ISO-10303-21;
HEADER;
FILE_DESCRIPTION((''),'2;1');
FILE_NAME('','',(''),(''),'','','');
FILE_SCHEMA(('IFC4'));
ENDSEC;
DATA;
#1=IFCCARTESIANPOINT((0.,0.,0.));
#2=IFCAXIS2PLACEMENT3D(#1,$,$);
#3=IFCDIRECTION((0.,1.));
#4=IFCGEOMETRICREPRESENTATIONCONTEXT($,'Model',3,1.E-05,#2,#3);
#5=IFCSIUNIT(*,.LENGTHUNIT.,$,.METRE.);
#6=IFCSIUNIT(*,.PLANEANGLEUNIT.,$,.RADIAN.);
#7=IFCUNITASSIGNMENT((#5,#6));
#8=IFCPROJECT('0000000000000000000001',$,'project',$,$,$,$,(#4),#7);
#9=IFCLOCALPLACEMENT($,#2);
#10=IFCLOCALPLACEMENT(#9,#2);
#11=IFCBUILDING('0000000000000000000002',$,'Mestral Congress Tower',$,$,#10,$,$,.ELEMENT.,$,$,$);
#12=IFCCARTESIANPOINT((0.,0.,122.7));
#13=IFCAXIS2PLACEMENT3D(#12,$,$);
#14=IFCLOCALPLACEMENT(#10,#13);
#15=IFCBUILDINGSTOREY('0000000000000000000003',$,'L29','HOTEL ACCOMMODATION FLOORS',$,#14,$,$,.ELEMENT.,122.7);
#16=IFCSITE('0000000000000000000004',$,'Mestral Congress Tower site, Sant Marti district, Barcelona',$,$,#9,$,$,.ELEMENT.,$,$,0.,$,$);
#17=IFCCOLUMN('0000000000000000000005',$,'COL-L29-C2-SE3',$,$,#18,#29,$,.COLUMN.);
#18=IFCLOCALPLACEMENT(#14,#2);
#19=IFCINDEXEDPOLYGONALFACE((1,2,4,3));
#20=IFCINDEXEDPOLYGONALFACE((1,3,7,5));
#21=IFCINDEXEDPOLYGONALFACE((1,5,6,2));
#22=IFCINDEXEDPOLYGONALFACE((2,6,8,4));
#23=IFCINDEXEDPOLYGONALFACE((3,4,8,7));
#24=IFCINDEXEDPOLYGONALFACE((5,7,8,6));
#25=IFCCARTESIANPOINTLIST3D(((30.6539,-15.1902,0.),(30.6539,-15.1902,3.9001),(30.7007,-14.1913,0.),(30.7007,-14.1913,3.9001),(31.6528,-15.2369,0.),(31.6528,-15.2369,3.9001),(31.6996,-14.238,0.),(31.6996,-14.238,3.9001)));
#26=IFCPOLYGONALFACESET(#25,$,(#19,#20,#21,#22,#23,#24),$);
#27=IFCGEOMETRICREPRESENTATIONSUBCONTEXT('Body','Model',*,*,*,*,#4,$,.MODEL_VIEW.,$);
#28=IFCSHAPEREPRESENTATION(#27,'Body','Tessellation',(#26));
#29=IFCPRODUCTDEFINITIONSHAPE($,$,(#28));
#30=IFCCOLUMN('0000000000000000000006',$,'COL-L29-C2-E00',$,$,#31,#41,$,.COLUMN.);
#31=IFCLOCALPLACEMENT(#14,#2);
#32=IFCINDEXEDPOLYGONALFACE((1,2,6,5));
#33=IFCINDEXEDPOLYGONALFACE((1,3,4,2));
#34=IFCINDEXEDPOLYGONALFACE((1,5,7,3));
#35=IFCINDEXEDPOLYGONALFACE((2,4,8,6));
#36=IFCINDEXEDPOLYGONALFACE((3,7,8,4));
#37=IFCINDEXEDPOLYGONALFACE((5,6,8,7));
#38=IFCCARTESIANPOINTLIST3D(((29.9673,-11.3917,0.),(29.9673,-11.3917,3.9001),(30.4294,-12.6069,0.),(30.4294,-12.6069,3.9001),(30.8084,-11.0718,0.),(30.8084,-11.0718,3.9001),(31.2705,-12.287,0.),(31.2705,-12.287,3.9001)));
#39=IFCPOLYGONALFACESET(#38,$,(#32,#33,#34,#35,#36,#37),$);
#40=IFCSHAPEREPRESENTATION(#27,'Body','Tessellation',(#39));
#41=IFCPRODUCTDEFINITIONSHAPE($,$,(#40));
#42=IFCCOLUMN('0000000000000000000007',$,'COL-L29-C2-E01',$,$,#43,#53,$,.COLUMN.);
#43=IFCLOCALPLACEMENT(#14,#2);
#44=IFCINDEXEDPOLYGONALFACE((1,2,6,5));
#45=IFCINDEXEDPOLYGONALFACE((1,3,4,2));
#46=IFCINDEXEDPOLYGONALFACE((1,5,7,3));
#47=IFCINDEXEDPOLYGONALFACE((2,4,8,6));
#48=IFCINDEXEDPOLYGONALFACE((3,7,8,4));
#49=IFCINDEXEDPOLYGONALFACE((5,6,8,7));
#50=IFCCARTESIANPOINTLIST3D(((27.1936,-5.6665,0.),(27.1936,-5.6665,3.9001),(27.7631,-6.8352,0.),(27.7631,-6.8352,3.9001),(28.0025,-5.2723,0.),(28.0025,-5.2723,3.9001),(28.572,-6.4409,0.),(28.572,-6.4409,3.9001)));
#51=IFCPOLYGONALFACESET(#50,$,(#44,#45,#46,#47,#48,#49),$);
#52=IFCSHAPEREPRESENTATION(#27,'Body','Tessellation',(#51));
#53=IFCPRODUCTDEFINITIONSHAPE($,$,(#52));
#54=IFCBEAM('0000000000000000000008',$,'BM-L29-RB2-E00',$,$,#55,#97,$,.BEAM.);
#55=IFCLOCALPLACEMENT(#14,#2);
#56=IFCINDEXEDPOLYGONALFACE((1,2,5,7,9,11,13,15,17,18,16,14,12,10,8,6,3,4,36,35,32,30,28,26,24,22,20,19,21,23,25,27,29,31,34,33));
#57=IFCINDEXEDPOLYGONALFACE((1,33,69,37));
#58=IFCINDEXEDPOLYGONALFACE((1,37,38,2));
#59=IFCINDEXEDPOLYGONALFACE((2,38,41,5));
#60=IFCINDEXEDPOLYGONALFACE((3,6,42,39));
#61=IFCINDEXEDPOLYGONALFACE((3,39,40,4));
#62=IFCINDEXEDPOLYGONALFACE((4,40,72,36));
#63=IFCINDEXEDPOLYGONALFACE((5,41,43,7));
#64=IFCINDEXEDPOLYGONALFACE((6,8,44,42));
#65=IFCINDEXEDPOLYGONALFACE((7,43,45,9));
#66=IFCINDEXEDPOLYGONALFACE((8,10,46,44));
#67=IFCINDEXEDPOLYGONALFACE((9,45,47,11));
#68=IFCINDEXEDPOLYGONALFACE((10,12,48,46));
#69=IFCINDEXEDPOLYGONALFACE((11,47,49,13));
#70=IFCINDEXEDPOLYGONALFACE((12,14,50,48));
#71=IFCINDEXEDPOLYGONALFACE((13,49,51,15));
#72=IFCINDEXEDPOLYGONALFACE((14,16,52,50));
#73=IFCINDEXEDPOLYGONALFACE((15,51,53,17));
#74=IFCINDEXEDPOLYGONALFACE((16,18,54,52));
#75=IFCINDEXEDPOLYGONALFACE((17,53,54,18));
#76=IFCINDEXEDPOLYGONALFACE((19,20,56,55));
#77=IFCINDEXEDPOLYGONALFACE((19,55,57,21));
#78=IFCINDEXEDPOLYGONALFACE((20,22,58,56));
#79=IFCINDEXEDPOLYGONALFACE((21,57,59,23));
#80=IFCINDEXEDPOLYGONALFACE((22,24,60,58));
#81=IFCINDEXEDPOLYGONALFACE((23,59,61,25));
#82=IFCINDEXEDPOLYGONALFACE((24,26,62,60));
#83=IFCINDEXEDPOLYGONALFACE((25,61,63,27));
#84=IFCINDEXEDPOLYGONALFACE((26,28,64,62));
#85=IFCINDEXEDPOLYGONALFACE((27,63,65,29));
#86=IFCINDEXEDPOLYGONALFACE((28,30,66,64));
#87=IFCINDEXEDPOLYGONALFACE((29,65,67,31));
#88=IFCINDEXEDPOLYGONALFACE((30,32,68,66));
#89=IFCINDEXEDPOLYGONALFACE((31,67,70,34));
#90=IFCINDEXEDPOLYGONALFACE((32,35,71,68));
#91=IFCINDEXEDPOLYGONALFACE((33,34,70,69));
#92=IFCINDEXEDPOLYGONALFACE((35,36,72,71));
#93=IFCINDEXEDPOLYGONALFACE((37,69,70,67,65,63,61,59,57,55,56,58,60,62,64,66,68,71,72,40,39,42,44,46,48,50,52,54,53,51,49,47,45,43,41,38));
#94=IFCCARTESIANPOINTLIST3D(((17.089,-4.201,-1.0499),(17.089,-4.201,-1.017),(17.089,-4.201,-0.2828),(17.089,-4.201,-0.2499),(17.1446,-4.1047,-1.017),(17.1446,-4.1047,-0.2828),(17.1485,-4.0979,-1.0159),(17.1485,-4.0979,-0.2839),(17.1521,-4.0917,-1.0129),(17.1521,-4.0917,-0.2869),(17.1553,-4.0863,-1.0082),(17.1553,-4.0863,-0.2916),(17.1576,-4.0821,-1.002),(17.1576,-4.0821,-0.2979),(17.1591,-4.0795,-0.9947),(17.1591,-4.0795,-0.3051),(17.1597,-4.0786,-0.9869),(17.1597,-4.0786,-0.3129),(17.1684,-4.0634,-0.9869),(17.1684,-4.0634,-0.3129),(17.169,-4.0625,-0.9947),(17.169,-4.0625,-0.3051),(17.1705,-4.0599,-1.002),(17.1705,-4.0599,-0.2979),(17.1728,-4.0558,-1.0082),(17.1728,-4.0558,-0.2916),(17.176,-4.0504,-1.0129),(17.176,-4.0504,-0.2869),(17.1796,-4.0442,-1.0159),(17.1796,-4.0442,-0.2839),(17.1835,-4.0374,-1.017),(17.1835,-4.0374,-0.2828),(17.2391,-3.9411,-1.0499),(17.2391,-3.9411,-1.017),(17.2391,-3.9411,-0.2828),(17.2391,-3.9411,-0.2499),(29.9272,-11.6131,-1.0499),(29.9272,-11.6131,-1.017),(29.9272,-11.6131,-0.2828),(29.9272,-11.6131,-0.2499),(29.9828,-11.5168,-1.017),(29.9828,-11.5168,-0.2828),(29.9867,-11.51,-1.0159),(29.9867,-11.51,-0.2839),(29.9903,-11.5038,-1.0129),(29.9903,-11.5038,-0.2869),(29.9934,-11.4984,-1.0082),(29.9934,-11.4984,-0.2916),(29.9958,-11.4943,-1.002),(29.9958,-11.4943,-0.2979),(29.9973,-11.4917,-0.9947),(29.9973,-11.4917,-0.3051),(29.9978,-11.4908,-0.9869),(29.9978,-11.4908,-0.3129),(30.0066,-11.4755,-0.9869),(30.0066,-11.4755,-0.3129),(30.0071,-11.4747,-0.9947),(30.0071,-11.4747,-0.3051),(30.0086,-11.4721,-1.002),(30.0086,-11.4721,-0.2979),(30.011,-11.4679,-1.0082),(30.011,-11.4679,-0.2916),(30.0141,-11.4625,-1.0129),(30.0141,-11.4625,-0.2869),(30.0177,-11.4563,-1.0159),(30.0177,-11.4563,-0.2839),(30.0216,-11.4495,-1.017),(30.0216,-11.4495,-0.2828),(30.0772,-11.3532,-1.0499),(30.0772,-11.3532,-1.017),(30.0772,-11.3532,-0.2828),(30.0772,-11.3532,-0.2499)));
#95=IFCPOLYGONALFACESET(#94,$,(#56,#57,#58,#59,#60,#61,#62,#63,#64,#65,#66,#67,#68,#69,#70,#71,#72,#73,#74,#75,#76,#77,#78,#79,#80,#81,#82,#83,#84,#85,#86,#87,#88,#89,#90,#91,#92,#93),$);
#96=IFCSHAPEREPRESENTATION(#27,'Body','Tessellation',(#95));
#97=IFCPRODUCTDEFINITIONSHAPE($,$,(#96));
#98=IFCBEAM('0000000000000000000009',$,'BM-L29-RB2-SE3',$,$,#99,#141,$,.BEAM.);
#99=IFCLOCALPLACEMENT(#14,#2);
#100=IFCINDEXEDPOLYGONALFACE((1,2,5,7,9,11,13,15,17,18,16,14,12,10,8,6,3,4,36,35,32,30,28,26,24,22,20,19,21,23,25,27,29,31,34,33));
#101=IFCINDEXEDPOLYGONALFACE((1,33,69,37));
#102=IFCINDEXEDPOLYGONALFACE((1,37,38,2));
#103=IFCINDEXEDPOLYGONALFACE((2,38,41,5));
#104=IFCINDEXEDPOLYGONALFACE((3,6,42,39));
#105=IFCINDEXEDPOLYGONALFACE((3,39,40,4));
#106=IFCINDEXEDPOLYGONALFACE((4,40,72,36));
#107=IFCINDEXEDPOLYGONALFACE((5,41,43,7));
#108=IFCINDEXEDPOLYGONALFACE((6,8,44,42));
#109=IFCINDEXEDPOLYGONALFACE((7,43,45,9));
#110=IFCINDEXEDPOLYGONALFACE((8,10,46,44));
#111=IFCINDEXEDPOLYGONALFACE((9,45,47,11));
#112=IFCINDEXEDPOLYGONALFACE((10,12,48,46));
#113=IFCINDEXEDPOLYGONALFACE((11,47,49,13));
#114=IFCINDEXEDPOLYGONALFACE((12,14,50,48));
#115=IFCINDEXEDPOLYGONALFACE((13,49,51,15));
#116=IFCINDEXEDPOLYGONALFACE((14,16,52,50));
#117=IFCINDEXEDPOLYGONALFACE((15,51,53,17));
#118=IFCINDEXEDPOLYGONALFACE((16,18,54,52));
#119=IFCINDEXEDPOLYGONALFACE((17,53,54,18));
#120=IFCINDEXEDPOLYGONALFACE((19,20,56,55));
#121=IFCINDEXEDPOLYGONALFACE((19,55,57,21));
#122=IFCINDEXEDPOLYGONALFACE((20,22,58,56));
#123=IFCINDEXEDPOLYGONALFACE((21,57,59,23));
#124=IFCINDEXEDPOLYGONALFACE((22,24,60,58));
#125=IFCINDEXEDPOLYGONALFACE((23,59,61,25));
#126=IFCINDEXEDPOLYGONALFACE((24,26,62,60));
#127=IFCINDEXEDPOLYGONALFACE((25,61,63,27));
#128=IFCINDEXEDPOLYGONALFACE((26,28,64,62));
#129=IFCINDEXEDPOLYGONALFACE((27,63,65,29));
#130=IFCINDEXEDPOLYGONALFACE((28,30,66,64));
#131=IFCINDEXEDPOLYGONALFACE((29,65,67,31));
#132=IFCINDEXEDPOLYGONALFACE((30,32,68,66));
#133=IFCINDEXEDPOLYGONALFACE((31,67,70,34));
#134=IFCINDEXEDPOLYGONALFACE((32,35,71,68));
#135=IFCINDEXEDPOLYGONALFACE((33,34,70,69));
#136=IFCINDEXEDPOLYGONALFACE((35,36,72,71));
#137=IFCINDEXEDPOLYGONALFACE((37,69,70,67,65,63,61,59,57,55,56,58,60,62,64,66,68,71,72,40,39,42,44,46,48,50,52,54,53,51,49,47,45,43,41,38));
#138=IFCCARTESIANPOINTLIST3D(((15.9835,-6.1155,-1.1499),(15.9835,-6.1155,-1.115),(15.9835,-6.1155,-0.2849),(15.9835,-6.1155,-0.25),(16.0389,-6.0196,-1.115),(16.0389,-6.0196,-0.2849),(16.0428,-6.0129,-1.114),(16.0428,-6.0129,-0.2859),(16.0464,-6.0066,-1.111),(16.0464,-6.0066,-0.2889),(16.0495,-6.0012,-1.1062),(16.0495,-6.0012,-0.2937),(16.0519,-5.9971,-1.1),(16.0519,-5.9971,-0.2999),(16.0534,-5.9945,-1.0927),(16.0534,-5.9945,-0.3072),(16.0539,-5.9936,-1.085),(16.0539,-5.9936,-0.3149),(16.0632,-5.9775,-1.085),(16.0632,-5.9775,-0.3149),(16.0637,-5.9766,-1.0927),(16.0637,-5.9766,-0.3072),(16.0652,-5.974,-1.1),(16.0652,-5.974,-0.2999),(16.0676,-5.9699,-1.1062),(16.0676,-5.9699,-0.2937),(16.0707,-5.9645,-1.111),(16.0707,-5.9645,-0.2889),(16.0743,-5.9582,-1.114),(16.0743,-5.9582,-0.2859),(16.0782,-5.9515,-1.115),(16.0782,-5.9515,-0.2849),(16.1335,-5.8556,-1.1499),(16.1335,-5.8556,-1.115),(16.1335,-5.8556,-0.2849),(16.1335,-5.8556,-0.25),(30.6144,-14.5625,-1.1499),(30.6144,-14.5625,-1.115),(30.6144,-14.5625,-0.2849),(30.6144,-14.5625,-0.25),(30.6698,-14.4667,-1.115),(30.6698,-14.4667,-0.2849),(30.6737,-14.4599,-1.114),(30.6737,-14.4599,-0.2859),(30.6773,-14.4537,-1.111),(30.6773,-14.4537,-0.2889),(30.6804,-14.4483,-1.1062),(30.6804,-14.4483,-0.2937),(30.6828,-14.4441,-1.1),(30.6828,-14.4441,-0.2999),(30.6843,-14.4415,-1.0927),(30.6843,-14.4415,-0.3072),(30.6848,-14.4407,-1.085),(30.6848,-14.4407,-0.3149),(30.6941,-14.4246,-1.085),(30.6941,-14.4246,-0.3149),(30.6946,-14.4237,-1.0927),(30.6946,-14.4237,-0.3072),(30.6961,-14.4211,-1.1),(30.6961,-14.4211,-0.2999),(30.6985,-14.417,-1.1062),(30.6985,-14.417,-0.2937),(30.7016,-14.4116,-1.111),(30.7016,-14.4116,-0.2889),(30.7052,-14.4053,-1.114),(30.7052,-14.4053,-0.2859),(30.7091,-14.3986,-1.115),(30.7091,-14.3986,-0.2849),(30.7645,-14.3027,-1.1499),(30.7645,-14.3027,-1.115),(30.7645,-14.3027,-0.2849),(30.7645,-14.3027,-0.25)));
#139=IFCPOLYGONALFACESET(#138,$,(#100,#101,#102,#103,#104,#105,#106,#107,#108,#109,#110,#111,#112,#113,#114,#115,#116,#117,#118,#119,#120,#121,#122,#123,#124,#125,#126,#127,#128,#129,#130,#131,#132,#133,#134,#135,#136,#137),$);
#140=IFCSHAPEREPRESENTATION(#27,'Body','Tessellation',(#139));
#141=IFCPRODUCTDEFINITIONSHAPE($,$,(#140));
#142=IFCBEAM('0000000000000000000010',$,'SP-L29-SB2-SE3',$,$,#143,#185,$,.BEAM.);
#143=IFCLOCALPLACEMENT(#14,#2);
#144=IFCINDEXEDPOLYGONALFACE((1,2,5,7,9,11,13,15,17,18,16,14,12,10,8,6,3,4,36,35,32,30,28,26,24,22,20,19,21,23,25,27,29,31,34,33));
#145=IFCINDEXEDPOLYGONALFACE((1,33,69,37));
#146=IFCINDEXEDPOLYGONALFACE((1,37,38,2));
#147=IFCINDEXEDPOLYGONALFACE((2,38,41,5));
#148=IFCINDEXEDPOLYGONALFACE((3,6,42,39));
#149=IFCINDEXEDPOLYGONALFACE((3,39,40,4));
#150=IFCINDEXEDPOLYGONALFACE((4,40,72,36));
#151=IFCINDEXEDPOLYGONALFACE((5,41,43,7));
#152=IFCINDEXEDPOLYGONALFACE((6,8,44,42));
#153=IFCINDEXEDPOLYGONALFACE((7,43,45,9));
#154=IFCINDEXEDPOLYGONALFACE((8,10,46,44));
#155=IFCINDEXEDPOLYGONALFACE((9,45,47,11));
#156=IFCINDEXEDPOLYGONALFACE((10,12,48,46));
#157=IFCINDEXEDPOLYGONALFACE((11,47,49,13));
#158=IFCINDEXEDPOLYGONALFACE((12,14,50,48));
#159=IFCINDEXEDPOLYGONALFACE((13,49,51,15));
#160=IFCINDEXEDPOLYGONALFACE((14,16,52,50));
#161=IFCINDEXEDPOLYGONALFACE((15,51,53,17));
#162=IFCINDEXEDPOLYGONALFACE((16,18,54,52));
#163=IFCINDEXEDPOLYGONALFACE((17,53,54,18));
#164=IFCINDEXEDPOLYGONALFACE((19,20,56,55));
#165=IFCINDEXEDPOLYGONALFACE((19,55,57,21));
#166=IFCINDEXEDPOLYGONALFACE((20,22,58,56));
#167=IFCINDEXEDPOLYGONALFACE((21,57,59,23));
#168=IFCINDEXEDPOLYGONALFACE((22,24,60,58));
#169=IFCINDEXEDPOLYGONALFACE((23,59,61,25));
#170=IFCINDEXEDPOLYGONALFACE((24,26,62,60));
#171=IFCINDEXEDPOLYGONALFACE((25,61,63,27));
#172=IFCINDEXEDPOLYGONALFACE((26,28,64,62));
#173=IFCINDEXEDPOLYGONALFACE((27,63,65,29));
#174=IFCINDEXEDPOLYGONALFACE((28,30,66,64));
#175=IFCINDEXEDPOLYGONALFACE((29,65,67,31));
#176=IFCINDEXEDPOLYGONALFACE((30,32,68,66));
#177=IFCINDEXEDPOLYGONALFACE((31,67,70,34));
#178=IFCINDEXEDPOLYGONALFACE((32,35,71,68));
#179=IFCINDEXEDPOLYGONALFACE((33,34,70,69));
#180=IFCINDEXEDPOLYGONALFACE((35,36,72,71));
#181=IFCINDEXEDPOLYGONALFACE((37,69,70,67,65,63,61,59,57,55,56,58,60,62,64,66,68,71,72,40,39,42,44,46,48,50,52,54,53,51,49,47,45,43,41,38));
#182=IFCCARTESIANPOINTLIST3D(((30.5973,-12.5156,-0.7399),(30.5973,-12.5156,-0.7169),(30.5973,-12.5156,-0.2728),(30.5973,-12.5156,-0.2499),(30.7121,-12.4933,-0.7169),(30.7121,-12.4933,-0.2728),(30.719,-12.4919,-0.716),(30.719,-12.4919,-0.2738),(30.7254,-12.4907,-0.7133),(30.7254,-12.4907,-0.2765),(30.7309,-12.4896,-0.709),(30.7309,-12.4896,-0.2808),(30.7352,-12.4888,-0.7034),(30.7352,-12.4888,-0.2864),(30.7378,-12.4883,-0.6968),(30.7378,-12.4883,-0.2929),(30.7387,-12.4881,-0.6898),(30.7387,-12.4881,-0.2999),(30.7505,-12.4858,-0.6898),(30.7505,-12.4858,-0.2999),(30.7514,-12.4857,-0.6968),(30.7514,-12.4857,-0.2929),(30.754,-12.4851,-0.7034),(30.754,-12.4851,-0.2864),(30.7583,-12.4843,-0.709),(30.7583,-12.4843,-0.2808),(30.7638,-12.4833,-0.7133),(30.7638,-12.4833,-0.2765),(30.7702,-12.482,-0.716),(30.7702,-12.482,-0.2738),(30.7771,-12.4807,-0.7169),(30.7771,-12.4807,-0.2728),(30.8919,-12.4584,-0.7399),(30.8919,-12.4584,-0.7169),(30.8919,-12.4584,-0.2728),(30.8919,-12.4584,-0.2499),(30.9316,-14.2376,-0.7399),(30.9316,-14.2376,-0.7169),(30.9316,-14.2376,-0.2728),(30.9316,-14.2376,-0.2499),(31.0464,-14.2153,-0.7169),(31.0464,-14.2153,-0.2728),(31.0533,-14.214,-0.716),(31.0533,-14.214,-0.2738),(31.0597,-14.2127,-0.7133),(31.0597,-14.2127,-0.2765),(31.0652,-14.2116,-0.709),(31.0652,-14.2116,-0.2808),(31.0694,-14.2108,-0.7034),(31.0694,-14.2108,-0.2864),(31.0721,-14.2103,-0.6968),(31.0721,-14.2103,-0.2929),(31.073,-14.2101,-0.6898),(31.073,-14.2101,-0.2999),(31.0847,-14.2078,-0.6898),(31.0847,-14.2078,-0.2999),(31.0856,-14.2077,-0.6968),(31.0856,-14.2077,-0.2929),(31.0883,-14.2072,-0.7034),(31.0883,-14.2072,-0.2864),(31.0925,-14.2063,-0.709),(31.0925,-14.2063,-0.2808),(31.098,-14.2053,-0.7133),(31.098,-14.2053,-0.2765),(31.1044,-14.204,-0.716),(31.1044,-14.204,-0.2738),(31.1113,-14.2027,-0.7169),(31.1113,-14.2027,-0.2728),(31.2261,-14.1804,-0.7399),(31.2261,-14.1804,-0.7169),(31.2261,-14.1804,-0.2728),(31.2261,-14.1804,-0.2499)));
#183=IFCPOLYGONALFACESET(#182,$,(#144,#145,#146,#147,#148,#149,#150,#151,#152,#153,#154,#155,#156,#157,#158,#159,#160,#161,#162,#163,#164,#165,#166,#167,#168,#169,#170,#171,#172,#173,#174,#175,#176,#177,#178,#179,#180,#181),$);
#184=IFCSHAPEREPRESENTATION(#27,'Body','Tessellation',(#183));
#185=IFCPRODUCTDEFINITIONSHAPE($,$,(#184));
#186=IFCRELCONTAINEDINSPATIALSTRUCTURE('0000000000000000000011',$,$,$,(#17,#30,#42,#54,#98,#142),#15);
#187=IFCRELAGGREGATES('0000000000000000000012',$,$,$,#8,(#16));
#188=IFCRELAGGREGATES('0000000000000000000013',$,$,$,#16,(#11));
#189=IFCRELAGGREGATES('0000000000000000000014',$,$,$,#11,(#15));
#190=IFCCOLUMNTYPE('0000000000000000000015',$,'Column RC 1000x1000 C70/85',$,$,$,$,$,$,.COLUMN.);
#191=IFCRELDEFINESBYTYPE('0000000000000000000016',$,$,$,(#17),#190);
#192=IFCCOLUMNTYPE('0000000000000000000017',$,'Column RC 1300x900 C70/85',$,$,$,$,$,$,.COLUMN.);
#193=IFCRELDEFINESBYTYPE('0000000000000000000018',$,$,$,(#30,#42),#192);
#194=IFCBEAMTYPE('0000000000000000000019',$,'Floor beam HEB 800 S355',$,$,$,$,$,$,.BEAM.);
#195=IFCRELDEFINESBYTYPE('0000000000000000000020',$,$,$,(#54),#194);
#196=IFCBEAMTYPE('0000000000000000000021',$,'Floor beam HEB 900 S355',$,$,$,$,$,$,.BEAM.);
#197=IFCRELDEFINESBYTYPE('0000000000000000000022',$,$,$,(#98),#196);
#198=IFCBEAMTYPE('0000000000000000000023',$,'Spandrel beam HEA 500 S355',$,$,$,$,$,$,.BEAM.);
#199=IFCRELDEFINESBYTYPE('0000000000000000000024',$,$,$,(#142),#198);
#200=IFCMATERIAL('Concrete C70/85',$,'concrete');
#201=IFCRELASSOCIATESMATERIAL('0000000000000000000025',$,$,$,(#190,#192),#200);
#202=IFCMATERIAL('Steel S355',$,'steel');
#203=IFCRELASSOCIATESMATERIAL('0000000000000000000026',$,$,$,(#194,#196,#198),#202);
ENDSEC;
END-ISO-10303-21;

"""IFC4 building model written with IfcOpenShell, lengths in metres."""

from ifc_helpers import new_model, si_unit, direction, frame, origin, origin_2d, place, context, subcontext, project, spatial, rectangle, i_section, extrude, material, material_profile, profile_set, type_object, element, save


model = new_model("IFC4")

# Units and contexts
model_context = context("Model", 3, precision=1e-05, world=origin(), true_north=direction((0.0, 1.0)))
body_context = subcontext(model_context, "Body", "Model", "MODEL_VIEW")
ifc_project = project(units=[si_unit("LENGTHUNIT", "METRE"), si_unit("PLANEANGLEUNIT", "RADIAN")], contexts=[model_context])

# Site, building, storey
site_placement = place(None, origin())
site = spatial("IfcSite", under=ifc_project, at=site_placement, Name="Mestral Congress Tower site, Sant Marti district, Barcelona", CompositionType="ELEMENT", RefElevation=0.0)
building_placement = place(site_placement, origin())
building = spatial("IfcBuilding", under=site, at=building_placement, Name="Mestral Congress Tower", CompositionType="ELEMENT")
storey_placement = place(building_placement, frame((0.0, 0.0, 122.7)))
storey = spatial("IfcBuildingStorey", under=building, at=storey_placement, Name="L29", Description="HOTEL ACCOMMODATION FLOORS", CompositionType="ELEMENT", Elevation=122.7)

# Columns
ifc_material_1 = material(Name="Concrete C70/85", Category="concrete")
ifc_material_profile_1 = material_profile(ifc_material_1, rectangle(XDim=1.0, YDim=1.0, at=origin_2d()), Name="RC 1000x1000")
ifc_profile_set_1 = profile_set([ifc_material_profile_1], Name="Concrete C70/85")
column_type_1 = type_object("IfcColumnType", Name="Column RC 1000x1000 C70/85", PredefinedType="COLUMN", material=ifc_profile_set_1)
column_placement = place(storey_placement, frame((31.1768, -14.7141, 0.0), z_axis=(0.0, 0.0, 1.0), x_axis=(0.046756, 0.998906, 0.0)))
element("IfcColumn", 1, at=column_placement, inside=storey, type_object=column_type_1, Name="COL-L29-C2-SE3", PredefinedType="COLUMN", context=body_context, shape_type="SweptSolid", body=[
    extrude(rectangle(XDim=1.0, YDim=1.0, at=origin_2d()), origin(), (0.0, 0.0, 1.0), 3.9001),
])
ifc_material_profile_2 = material_profile(ifc_material_1, rectangle(XDim=1.3, YDim=0.8999, at=origin_2d()), Name="RC 1300x900")
ifc_profile_set_2 = profile_set([ifc_material_profile_2], Name="Concrete C70/85")
column_type_2 = type_object("IfcColumnType", Name="Column RC 1300x900 C70/85", PredefinedType="COLUMN", material=ifc_profile_set_2)
for number, where, z_axis, x_axis, name in (
    (2, (30.6189, -11.8394, 0.0), (0.0, 0.0, 1.0), (-0.355494, 0.934679, 0.0), "COL-L29-C2-E00"),
    (3, (27.8828, -6.0537, 0.0), (0.0, 0.0, 1.0), (-0.438061, 0.898945, 0.0), "COL-L29-C2-E01"),
):
    element("IfcColumn", number, at=place(storey_placement, frame(where, z_axis=z_axis, x_axis=x_axis)), inside=storey, type_object=column_type_2, Name=name, PredefinedType="COLUMN", context=body_context, shape_type="SweptSolid", body=[
        extrude(rectangle(XDim=1.3, YDim=0.8999, at=origin_2d()), origin(), (0.0, 0.0, 1.0), 3.9001),
    ])

# Beams
ifc_material_2 = material(Name="Steel S355", Category="steel")
ifc_material_profile_3 = material_profile(ifc_material_2, i_section(OverallWidth=0.3, OverallDepth=0.8, WebThickness=0.0176, FlangeThickness=0.033, FilletRadius=0.03, at=origin_2d()), Name="HEB 800")
ifc_profile_set_3 = profile_set([ifc_material_profile_3], Name="Steel S355")
beam_type_1 = type_object("IfcBeamType", Name="Floor beam HEB 800 S355", PredefinedType="BEAM", material=ifc_profile_set_3)
beam_1_placement = place(storey_placement, frame((30.0022, -11.4832, -0.6499), z_axis=(-0.866025, 0.5, 0.0), x_axis=(-0.5, -0.866025, 0.0)))
element("IfcBeam", 4, at=beam_1_placement, inside=storey, type_object=beam_type_1, Name="BM-L29-RB2-E00", PredefinedType="BEAM", context=body_context, shape_type="SweptSolid", body=[
    extrude(i_section(OverallWidth=0.3, OverallDepth=0.8, WebThickness=0.0176, FlangeThickness=0.033, FilletRadius=0.03, at=origin_2d()), origin(), (0.0, 0.0, 1.0), 14.8242),
])
ifc_material_profile_4 = material_profile(ifc_material_2, i_section(OverallWidth=0.3, OverallDepth=0.8999, WebThickness=0.0186, FlangeThickness=0.0349, FilletRadius=0.03, at=origin_2d()), Name="HEB 900")
ifc_profile_set_4 = profile_set([ifc_material_profile_4], Name="Steel S355")
beam_type_2 = type_object("IfcBeamType", Name="Floor beam HEB 900 S355", PredefinedType="BEAM", material=ifc_profile_set_4)
beam_2_placement = place(storey_placement, frame((30.6895, -14.4326, -0.7), z_axis=(-0.866028, 0.499995, 0.0), x_axis=(-0.499995, -0.866028, 0.0)))
element("IfcBeam", 5, at=beam_2_placement, inside=storey, type_object=beam_type_2, Name="BM-L29-RB2-SE3", PredefinedType="BEAM", context=body_context, shape_type="SweptSolid", body=[
    extrude(i_section(OverallWidth=0.3, OverallDepth=0.8999, WebThickness=0.0186, FlangeThickness=0.0349, FilletRadius=0.03, at=origin_2d()), origin(), (0.0, 0.0, 1.0), 16.8943),
])
ifc_material_profile_5 = material_profile(ifc_material_2, i_section(OverallWidth=0.3, OverallDepth=0.49, WebThickness=0.012, FlangeThickness=0.0229, FilletRadius=0.0271, at=origin_2d()), Name="HEA 500")
ifc_profile_set_5 = profile_set([ifc_material_profile_5], Name="Steel S355")
beam_type_3 = type_object("IfcBeamType", Name="Spandrel beam HEA 500 S355", PredefinedType="BEAM", material=ifc_profile_set_5)
beam_3_placement = place(storey_placement, frame((31.0789, -14.209, -0.4949), z_axis=(-0.190546, 0.981678, 0.0), x_axis=(-0.981678, -0.190546, 0.0)))
element("IfcBeam", 6, at=beam_3_placement, inside=storey, type_object=beam_type_3, Name="SP-L29-SB2-SE3", PredefinedType="BEAM", context=body_context, shape_type="SweptSolid", body=[
    extrude(i_section(OverallWidth=0.3, OverallDepth=0.49, WebThickness=0.012, FlangeThickness=0.0229, FilletRadius=0.0271, at=origin_2d()), origin(), (0.0, 0.0, 1.0), 1.7542),
])

save(model, "model.ifc")
